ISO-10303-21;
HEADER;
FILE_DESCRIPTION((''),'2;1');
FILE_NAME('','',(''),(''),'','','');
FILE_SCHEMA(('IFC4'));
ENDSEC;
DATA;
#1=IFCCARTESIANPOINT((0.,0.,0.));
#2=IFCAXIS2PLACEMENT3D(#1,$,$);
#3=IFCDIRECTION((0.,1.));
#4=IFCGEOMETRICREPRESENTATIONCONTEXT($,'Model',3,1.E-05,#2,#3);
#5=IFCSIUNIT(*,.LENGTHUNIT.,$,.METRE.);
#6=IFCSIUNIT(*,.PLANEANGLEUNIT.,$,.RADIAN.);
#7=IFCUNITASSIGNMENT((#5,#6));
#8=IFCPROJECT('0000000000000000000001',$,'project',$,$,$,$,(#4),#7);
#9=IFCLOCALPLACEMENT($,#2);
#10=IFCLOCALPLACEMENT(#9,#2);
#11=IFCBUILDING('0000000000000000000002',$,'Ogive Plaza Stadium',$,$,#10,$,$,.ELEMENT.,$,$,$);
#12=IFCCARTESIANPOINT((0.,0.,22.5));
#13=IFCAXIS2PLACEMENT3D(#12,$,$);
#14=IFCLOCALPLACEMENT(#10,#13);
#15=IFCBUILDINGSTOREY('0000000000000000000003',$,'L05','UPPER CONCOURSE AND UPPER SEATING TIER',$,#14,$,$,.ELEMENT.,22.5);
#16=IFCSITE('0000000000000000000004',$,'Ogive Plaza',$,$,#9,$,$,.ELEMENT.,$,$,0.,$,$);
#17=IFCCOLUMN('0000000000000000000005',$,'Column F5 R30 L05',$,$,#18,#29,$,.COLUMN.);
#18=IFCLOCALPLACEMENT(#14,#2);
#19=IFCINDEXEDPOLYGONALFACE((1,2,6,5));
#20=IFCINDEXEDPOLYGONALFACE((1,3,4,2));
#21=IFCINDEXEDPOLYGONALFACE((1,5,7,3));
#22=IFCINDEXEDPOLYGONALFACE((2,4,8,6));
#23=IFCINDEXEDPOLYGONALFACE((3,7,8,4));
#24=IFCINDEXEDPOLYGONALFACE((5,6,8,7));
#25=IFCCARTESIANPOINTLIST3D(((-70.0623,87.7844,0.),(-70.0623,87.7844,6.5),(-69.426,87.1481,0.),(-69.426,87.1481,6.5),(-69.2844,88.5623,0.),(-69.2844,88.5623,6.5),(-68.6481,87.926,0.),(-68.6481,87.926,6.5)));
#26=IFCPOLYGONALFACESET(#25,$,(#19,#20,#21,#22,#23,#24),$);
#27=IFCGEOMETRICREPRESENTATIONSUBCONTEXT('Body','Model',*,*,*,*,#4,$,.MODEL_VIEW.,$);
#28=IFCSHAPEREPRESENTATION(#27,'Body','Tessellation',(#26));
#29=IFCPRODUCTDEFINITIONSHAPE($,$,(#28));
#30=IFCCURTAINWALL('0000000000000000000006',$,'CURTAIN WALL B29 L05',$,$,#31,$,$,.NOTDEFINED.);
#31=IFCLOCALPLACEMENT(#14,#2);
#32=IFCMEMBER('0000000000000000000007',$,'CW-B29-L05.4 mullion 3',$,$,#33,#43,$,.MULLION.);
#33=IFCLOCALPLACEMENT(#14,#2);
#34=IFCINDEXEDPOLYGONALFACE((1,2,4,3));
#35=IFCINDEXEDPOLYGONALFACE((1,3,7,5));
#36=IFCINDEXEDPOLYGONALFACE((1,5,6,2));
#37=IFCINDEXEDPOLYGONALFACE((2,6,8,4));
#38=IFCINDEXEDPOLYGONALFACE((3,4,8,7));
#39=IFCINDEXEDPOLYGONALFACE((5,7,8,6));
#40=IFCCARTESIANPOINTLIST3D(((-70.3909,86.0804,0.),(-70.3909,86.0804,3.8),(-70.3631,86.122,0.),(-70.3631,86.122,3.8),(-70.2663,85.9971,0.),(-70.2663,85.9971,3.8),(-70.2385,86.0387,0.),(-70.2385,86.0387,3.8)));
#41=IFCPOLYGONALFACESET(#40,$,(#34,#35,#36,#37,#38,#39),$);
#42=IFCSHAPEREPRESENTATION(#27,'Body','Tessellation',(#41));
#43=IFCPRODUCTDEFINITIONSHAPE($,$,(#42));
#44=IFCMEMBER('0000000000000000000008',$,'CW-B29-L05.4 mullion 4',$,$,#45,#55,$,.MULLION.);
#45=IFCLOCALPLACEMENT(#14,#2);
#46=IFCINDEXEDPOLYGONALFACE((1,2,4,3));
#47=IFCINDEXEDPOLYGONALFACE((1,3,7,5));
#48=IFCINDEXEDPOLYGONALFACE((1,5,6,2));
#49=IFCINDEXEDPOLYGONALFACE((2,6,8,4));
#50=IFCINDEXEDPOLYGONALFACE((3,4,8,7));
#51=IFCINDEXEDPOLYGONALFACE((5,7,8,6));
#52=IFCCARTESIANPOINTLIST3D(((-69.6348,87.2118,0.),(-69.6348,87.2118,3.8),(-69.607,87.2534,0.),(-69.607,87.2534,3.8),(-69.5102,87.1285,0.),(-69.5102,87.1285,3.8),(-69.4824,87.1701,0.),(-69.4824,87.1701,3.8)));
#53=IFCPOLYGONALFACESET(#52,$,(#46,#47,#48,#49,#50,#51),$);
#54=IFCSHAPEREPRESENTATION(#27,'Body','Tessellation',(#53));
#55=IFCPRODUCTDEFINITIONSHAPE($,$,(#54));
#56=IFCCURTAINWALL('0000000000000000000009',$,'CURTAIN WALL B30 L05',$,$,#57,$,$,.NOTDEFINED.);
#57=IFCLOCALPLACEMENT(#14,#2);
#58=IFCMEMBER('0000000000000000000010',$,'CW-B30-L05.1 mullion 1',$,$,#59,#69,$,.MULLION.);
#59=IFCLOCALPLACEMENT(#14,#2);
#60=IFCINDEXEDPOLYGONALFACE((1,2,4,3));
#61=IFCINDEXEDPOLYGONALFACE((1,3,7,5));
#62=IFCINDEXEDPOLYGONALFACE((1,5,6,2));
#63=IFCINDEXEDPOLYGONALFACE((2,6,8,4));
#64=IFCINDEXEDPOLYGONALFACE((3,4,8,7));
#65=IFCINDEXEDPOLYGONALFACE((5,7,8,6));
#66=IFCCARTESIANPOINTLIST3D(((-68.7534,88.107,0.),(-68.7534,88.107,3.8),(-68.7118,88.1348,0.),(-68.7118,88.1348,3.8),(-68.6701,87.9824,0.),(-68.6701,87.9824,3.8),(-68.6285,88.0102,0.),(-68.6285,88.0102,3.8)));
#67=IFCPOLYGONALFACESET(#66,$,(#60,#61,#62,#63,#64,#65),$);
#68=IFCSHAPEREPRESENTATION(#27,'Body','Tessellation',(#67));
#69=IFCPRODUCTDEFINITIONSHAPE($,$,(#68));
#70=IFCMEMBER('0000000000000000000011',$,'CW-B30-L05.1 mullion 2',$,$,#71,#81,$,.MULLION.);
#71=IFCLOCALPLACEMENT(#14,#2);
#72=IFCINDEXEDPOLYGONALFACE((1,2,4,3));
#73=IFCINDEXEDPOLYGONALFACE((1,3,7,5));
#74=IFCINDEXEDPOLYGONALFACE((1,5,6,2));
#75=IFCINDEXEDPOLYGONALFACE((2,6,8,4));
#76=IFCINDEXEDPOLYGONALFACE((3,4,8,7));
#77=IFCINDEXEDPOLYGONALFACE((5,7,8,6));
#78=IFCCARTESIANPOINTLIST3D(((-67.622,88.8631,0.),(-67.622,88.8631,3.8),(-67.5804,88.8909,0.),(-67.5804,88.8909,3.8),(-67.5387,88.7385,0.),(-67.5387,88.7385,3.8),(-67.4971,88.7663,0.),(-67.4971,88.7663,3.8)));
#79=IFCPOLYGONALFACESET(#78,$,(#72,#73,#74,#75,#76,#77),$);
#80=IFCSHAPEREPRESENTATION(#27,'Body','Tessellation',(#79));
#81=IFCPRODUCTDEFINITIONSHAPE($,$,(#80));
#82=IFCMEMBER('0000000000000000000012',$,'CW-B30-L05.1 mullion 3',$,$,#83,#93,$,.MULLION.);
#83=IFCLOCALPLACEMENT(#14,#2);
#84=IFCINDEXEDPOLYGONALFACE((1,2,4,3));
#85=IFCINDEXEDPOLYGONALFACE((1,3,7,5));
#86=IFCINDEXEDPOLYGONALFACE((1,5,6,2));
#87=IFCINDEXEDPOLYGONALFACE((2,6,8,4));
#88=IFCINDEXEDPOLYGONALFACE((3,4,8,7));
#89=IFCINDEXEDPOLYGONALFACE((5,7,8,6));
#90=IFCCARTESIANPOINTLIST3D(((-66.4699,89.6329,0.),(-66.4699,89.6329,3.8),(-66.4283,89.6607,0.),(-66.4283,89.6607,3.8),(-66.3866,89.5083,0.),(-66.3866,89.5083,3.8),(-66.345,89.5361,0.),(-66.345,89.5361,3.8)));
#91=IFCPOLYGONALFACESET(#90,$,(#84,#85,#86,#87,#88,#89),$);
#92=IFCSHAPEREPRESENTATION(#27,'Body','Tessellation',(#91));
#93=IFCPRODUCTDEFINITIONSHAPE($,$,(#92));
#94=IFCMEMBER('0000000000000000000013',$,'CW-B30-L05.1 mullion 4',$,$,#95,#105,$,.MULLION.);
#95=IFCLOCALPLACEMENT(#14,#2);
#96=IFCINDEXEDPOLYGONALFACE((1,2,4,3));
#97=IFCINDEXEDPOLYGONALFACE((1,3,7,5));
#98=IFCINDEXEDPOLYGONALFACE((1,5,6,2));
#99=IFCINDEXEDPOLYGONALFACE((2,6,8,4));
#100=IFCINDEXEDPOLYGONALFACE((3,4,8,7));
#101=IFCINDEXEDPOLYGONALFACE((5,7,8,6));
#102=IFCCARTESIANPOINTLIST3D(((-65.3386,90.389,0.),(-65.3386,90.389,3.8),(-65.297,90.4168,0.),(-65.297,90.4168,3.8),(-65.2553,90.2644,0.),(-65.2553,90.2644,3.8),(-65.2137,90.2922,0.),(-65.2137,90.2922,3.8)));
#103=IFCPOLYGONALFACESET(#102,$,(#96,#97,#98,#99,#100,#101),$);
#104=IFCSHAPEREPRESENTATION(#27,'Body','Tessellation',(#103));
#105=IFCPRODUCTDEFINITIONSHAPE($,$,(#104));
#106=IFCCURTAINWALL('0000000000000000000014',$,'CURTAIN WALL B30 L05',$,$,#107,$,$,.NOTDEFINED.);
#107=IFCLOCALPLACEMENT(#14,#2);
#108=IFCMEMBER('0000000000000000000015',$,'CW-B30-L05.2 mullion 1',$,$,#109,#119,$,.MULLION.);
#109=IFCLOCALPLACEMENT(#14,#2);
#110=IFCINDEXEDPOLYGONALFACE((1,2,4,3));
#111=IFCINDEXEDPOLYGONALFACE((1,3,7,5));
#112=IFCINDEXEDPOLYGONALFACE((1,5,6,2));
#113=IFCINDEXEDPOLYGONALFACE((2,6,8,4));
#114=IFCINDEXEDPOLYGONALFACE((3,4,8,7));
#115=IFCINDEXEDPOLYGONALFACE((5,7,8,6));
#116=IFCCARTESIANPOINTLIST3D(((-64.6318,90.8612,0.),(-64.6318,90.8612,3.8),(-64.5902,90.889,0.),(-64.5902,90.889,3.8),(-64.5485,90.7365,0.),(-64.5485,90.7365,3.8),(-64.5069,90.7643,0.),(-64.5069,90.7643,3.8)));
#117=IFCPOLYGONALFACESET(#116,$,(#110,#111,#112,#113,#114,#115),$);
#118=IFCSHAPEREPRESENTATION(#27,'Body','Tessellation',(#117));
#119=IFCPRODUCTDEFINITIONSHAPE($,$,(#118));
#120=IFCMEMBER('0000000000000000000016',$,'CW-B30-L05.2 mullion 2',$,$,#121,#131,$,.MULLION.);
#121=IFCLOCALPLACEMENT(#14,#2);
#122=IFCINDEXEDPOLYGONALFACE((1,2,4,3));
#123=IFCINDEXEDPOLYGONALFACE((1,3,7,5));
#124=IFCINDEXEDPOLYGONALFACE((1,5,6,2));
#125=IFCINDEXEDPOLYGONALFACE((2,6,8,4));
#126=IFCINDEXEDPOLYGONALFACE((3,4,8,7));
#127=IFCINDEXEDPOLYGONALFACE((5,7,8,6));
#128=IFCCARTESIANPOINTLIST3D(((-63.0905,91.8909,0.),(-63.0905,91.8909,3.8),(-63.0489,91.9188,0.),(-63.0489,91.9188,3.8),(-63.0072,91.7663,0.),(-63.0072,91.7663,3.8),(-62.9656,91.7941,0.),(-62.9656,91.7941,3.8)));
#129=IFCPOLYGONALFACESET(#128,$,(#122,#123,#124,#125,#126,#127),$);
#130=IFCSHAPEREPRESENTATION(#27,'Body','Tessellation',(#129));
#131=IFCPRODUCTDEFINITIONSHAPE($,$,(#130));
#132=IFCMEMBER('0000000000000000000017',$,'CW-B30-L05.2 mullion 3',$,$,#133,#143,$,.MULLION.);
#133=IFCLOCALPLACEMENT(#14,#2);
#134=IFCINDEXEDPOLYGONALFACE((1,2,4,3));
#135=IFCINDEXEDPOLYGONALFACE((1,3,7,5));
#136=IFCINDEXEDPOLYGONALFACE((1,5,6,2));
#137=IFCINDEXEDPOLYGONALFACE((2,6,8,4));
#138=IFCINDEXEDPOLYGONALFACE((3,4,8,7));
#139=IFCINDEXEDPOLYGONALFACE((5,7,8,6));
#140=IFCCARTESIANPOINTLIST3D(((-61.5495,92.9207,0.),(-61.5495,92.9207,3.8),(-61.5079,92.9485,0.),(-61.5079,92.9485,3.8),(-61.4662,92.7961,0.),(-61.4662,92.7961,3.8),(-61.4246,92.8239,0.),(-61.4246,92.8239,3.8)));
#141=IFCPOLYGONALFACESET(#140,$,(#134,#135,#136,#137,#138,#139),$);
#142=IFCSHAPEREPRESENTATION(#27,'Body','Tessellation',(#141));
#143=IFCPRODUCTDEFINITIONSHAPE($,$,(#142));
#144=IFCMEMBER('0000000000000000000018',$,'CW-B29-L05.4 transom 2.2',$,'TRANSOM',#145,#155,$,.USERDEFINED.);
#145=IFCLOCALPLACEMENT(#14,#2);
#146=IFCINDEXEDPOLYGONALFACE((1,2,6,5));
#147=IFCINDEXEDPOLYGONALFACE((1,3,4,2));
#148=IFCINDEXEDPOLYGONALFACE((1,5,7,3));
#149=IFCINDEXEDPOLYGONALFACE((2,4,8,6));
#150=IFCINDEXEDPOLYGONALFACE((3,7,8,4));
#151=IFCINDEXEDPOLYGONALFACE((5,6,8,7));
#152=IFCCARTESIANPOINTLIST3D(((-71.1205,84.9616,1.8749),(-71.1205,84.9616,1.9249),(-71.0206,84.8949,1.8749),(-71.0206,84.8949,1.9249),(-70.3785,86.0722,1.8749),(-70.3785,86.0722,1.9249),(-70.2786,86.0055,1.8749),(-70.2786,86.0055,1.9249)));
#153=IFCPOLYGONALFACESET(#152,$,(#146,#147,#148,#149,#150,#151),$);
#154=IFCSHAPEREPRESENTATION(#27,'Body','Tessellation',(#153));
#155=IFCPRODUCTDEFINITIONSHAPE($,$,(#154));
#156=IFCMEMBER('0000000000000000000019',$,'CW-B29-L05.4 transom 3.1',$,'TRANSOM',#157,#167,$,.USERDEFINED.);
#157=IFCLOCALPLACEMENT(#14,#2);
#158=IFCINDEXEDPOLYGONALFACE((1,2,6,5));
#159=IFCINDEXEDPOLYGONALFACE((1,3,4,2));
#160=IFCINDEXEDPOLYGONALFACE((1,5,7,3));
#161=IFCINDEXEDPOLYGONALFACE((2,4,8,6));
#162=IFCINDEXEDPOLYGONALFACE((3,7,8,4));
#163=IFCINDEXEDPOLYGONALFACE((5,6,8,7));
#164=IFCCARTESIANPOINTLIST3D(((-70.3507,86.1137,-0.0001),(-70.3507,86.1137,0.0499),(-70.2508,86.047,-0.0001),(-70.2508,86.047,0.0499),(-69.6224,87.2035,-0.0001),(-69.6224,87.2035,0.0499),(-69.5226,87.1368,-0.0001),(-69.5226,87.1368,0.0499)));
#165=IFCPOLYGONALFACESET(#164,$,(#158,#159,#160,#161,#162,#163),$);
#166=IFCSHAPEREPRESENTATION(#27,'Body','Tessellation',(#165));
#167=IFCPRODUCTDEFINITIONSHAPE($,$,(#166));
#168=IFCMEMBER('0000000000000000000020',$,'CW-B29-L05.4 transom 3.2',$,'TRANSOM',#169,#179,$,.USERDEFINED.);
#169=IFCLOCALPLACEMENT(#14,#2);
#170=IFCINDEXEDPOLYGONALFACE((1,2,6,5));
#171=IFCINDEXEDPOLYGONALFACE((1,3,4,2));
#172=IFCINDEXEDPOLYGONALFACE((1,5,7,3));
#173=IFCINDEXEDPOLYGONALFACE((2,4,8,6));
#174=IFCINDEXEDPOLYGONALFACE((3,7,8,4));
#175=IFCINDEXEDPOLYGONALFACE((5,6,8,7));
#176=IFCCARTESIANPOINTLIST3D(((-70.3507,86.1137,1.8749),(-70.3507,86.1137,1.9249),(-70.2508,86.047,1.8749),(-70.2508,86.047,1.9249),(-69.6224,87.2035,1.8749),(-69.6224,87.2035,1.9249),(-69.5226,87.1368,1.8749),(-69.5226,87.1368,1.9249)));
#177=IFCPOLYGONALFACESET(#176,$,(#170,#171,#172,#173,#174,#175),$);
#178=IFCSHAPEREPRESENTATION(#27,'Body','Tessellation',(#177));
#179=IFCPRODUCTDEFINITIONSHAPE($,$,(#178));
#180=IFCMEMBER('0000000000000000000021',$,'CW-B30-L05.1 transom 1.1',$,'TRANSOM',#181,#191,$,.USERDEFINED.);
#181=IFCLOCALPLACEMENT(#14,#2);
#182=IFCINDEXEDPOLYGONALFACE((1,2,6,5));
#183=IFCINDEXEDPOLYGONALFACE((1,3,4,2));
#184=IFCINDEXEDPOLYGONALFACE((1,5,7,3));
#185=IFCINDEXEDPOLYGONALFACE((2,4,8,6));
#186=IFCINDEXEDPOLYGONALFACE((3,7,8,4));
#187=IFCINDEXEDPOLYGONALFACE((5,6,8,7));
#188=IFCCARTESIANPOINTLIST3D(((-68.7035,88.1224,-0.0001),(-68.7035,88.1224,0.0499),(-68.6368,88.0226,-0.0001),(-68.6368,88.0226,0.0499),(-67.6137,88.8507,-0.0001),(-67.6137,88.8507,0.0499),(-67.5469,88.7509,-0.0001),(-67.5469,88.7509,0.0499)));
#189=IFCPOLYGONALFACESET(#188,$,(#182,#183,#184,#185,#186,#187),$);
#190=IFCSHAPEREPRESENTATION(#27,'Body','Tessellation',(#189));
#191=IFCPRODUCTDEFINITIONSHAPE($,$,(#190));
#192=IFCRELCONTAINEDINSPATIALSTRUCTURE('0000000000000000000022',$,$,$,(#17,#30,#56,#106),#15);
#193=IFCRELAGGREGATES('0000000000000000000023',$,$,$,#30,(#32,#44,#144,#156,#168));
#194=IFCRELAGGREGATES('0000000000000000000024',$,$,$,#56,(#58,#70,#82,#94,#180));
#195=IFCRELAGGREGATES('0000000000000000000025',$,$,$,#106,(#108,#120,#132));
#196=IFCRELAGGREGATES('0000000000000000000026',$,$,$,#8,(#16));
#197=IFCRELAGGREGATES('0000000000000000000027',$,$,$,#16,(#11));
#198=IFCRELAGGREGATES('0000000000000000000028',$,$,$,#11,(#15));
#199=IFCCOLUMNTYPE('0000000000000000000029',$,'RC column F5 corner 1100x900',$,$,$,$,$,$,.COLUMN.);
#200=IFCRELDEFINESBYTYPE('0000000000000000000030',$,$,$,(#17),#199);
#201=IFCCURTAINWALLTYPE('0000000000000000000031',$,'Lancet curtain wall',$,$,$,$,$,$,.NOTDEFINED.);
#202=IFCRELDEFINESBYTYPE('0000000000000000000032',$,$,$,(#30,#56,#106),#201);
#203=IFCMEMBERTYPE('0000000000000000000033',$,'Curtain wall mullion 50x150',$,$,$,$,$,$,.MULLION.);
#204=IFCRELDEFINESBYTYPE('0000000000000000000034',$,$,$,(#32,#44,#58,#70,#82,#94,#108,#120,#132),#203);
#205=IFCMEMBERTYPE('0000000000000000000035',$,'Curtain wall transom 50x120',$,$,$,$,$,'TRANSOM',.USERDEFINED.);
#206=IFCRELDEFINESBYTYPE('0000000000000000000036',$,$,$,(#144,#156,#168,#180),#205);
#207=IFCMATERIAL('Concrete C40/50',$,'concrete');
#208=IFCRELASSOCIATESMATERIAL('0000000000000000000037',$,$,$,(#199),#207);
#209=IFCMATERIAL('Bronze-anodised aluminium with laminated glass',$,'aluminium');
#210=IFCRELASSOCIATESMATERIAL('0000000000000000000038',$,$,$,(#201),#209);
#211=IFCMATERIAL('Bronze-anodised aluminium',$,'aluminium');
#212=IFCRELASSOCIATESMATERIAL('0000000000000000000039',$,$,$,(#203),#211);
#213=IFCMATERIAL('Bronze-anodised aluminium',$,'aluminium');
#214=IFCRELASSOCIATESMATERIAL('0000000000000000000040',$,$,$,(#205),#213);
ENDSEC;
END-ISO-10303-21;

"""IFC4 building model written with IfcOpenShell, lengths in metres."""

from ifc_helpers import new_model, si_unit, direction, frame, origin, origin_2d, place, context, subcontext, project, spatial, rectangle, extrude, material, material_profile, profile_set, type_object, element, aggregate, save


model = new_model("IFC4")

# Units and contexts
model_context = context("Model", 3, precision=1e-05, world=origin(), true_north=direction((0.0, 1.0)))
body_context = subcontext(model_context, "Body", "Model", "MODEL_VIEW")
ifc_project = project(units=[si_unit("LENGTHUNIT", "METRE"), si_unit("PLANEANGLEUNIT", "RADIAN")], contexts=[model_context])

# Site, building, storey
site_placement = place(None, origin())
site = spatial("IfcSite", under=ifc_project, at=site_placement, Name="Ogive Plaza", CompositionType="ELEMENT", RefElevation=0.0)
building_placement = place(site_placement, origin())
building = spatial("IfcBuilding", under=site, at=building_placement, Name="Ogive Plaza Stadium", CompositionType="ELEMENT")
storey_placement = place(building_placement, frame((0.0, 0.0, 22.5)))
storey = spatial("IfcBuildingStorey", under=building, at=storey_placement, Name="L05", Description="UPPER CONCOURSE AND UPPER SEATING TIER", CompositionType="ELEMENT", Elevation=22.5)

# Column
ifc_material_1 = material(Name="Concrete C40/50", Category="concrete")
ifc_material_profile_1 = material_profile(ifc_material_1, rectangle(XDim=1.1001, YDim=0.8999, at=origin_2d()), Name="RC 1100x900")
ifc_profile_set_1 = profile_set([ifc_material_profile_1], Name="Concrete C40/50")
column_type = type_object("IfcColumnType", Name="RC column F5 corner 1100x900", PredefinedType="COLUMN", material=ifc_profile_set_1)
column_placement = place(storey_placement, frame((-69.3552, 87.8552, 0.0), z_axis=(0.0, 0.0, 1.0), x_axis=(-0.707107, -0.707107, 0.0)))
element("IfcColumn", 1, at=column_placement, inside=storey, type_object=column_type, Name="Column F5 R30 L05", PredefinedType="COLUMN", context=body_context, shape_type="SweptSolid", body=[
    extrude(rectangle(XDim=1.1001, YDim=0.8999, at=origin_2d()), origin(), (0.0, 0.0, 1.0), 6.5),
])

# Curtain walls, members
ifc_material_2 = material(Name="Bronze-anodised aluminium with laminated glass", Category="aluminium")
curtain_wall_type = type_object("IfcCurtainWallType", Name="Lancet curtain wall", PredefinedType="NOTDEFINED", material=ifc_material_2)
curtain_wall_1_placement = place(storey_placement, origin())
curtain_wall_1 = element("IfcCurtainWall", 2, at=curtain_wall_1_placement, inside=storey, type_object=curtain_wall_type, Name="CURTAIN WALL B29 L05", PredefinedType="NOTDEFINED")
ifc_material_3 = material(Name="Bronze-anodised aluminium", Category="aluminium")
ifc_material_profile_2 = material_profile(ifc_material_3, rectangle(XDim=0.1499, YDim=0.05, at=origin_2d()), Name="AL 150x50")
ifc_profile_set_2 = profile_set([ifc_material_profile_2], Name="Bronze-anodised aluminium")
member_type_1 = type_object("IfcMemberType", Name="Curtain wall mullion 50x150", PredefinedType="MULLION", material=ifc_profile_set_2)
member_1_placement = place(storey_placement, frame((-70.3147, 86.0596, 0.0), z_axis=(0.0, 0.0, 1.0), x_axis=(-0.83147, 0.55557, 0.0)))
member_1 = element("IfcMember", 3, at=member_1_placement, type_object=member_type_1, Name="CW-B29-L05.4 mullion 3", PredefinedType="MULLION", context=body_context, shape_type="SweptSolid", body=[
    extrude(rectangle(XDim=0.1499, YDim=0.05, at=origin_2d()), origin(), (0.0, 0.0, 1.0), 3.8),
])
member_2_placement = place(storey_placement, frame((-69.5586, 87.1909, 0.0), z_axis=(0.0, 0.0, 1.0), x_axis=(-0.83147, 0.55557, 0.0)))
member_2 = element("IfcMember", 4, at=member_2_placement, type_object=member_type_1, Name="CW-B29-L05.4 mullion 4", PredefinedType="MULLION", context=body_context, shape_type="SweptSolid", body=[
    extrude(rectangle(XDim=0.1499, YDim=0.05, at=origin_2d()), origin(), (0.0, 0.0, 1.0), 3.8),
])
curtain_wall_2_placement = place(storey_placement, origin())
curtain_wall_2 = element("IfcCurtainWall", 5, at=curtain_wall_2_placement, inside=storey, type_object=curtain_wall_type, Name="CURTAIN WALL B30 L05", PredefinedType="NOTDEFINED")
member_3_placement = place(storey_placement, frame((-68.6909, 88.0586, 0.0), z_axis=(0.0, 0.0, 1.0), x_axis=(-0.55557, 0.83147, 0.0)))
member_3 = element("IfcMember", 6, at=member_3_placement, type_object=member_type_1, Name="CW-B30-L05.1 mullion 1", PredefinedType="MULLION", context=body_context, shape_type="SweptSolid", body=[
    extrude(rectangle(XDim=0.1499, YDim=0.05, at=origin_2d()), origin(), (0.0, 0.0, 1.0), 3.8),
])
member_4_placement = place(storey_placement, frame((-67.5596, 88.8147, 0.0), z_axis=(0.0, 0.0, 1.0), x_axis=(-0.55557, 0.83147, 0.0)))
member_4 = element("IfcMember", 7, at=member_4_placement, type_object=member_type_1, Name="CW-B30-L05.1 mullion 2", PredefinedType="MULLION", context=body_context, shape_type="SweptSolid", body=[
    extrude(rectangle(XDim=0.1499, YDim=0.05, at=origin_2d()), origin(), (0.0, 0.0, 1.0), 3.8),
])
member_5_placement = place(storey_placement, frame((-66.4075, 89.5845, 0.0), z_axis=(0.0, 0.0, 1.0), x_axis=(-0.55557, 0.83147, 0.0)))
member_5 = element("IfcMember", 8, at=member_5_placement, type_object=member_type_1, Name="CW-B30-L05.1 mullion 3", PredefinedType="MULLION", context=body_context, shape_type="SweptSolid", body=[
    extrude(rectangle(XDim=0.1499, YDim=0.05, at=origin_2d()), origin(), (0.0, 0.0, 1.0), 3.8),
])
member_6_placement = place(storey_placement, frame((-65.2761, 90.3406, 0.0), z_axis=(0.0, 0.0, 1.0), x_axis=(-0.55557, 0.83147, 0.0)))
member_6 = element("IfcMember", 9, at=member_6_placement, type_object=member_type_1, Name="CW-B30-L05.1 mullion 4", PredefinedType="MULLION", context=body_context, shape_type="SweptSolid", body=[
    extrude(rectangle(XDim=0.1499, YDim=0.05, at=origin_2d()), origin(), (0.0, 0.0, 1.0), 3.8),
])
curtain_wall_3_placement = place(storey_placement, origin())
curtain_wall_3 = element("IfcCurtainWall", 10, at=curtain_wall_3_placement, inside=storey, type_object=curtain_wall_type, Name="CURTAIN WALL B30 L05", PredefinedType="NOTDEFINED")
member_7_placement = place(storey_placement, frame((-64.5693, 90.8127, 0.0), z_axis=(0.0, 0.0, 1.0), x_axis=(-0.55557, 0.83147, 0.0)))
member_7 = element("IfcMember", 11, at=member_7_placement, type_object=member_type_1, Name="CW-B30-L05.2 mullion 1", PredefinedType="MULLION", context=body_context, shape_type="SweptSolid", body=[
    extrude(rectangle(XDim=0.1499, YDim=0.05, at=origin_2d()), origin(), (0.0, 0.0, 1.0), 3.8),
])
member_8_placement = place(storey_placement, frame((-63.0281, 91.8425, 0.0), z_axis=(0.0, 0.0, 1.0), x_axis=(-0.55557, 0.83147, 0.0)))
member_8 = element("IfcMember", 12, at=member_8_placement, type_object=member_type_1, Name="CW-B30-L05.2 mullion 2", PredefinedType="MULLION", context=body_context, shape_type="SweptSolid", body=[
    extrude(rectangle(XDim=0.1499, YDim=0.05, at=origin_2d()), origin(), (0.0, 0.0, 1.0), 3.8),
])
member_9_placement = place(storey_placement, frame((-61.4871, 92.8723, 0.0), z_axis=(0.0, 0.0, 1.0), x_axis=(-0.55557, 0.83147, 0.0)))
member_9 = element("IfcMember", 13, at=member_9_placement, type_object=member_type_1, Name="CW-B30-L05.2 mullion 3", PredefinedType="MULLION", context=body_context, shape_type="SweptSolid", body=[
    extrude(rectangle(XDim=0.1499, YDim=0.05, at=origin_2d()), origin(), (0.0, 0.0, 1.0), 3.8),
])

# Members
ifc_material_4 = material(Name="Bronze-anodised aluminium", Category="aluminium")
ifc_material_profile_3 = material_profile(ifc_material_4, rectangle(XDim=0.1201, YDim=0.05, at=origin_2d()), Name="AL 120x50")
ifc_profile_set_3 = profile_set([ifc_material_profile_3], Name="Bronze-anodised aluminium")
member_type_2 = type_object("IfcMemberType", Name="Curtain wall transom 50x120", ElementType="TRANSOM", PredefinedType="USERDEFINED", material=ifc_profile_set_3)
member_10_placement = place(storey_placement, frame((-71.0706, 84.9282, 1.8999), z_axis=(0.555501, 0.831516, 0.0), x_axis=(-0.831516, 0.555501, 0.0)))
member_10 = element("IfcMember", 14, at=member_10_placement, type_object=member_type_2, Name="CW-B29-L05.4 transom 2.2", ObjectType="TRANSOM", PredefinedType="USERDEFINED", context=body_context, shape_type="SweptSolid", body=[
    extrude(rectangle(XDim=0.1201, YDim=0.05, at=origin_2d()), origin(), (0.0, 0.0, 1.0), 1.3357),
])
member_11_placement = place(storey_placement, frame((-70.3008, 86.0803, 0.0249), z_axis=(0.555602, 0.831448, 0.0), x_axis=(-0.831448, 0.555602, 0.0)))
member_11 = element("IfcMember", 15, at=member_11_placement, type_object=member_type_2, Name="CW-B29-L05.4 transom 3.1", ObjectType="TRANSOM", PredefinedType="USERDEFINED", context=body_context, shape_type="SweptSolid", body=[
    extrude(rectangle(XDim=0.1201, YDim=0.05, at=origin_2d()), origin(), (0.0, 0.0, 1.0), 1.3108),
])
member_12_placement = place(storey_placement, frame((-70.3008, 86.0803, 1.8999), z_axis=(0.555602, 0.831448, 0.0), x_axis=(-0.831448, 0.555602, 0.0)))
member_12 = element("IfcMember", 16, at=member_12_placement, type_object=member_type_2, Name="CW-B29-L05.4 transom 3.2", ObjectType="TRANSOM", PredefinedType="USERDEFINED", context=body_context, shape_type="SweptSolid", body=[
    extrude(rectangle(XDim=0.1201, YDim=0.05, at=origin_2d()), origin(), (0.0, 0.0, 1.0), 1.3108),
])
member_13_placement = place(storey_placement, frame((-68.6702, 88.0725, 0.0249), z_axis=(0.831448, 0.555602, 0.0), x_axis=(-0.555602, 0.831448, 0.0)))
member_13 = element("IfcMember", 17, at=member_13_placement, type_object=member_type_2, Name="CW-B30-L05.1 transom 1.1", ObjectType="TRANSOM", PredefinedType="USERDEFINED", context=body_context, shape_type="SweptSolid", body=[
    extrude(rectangle(XDim=0.1201, YDim=0.05, at=origin_2d()), origin(), (0.0, 0.0, 1.0), 1.3108),
])

aggregate(curtain_wall_1, [member_1, member_2, member_10, member_11, member_12])
aggregate(curtain_wall_2, [member_3, member_4, member_5, member_6, member_13])
aggregate(curtain_wall_3, [member_7, member_8, member_9])

save(model, "model.ifc")
